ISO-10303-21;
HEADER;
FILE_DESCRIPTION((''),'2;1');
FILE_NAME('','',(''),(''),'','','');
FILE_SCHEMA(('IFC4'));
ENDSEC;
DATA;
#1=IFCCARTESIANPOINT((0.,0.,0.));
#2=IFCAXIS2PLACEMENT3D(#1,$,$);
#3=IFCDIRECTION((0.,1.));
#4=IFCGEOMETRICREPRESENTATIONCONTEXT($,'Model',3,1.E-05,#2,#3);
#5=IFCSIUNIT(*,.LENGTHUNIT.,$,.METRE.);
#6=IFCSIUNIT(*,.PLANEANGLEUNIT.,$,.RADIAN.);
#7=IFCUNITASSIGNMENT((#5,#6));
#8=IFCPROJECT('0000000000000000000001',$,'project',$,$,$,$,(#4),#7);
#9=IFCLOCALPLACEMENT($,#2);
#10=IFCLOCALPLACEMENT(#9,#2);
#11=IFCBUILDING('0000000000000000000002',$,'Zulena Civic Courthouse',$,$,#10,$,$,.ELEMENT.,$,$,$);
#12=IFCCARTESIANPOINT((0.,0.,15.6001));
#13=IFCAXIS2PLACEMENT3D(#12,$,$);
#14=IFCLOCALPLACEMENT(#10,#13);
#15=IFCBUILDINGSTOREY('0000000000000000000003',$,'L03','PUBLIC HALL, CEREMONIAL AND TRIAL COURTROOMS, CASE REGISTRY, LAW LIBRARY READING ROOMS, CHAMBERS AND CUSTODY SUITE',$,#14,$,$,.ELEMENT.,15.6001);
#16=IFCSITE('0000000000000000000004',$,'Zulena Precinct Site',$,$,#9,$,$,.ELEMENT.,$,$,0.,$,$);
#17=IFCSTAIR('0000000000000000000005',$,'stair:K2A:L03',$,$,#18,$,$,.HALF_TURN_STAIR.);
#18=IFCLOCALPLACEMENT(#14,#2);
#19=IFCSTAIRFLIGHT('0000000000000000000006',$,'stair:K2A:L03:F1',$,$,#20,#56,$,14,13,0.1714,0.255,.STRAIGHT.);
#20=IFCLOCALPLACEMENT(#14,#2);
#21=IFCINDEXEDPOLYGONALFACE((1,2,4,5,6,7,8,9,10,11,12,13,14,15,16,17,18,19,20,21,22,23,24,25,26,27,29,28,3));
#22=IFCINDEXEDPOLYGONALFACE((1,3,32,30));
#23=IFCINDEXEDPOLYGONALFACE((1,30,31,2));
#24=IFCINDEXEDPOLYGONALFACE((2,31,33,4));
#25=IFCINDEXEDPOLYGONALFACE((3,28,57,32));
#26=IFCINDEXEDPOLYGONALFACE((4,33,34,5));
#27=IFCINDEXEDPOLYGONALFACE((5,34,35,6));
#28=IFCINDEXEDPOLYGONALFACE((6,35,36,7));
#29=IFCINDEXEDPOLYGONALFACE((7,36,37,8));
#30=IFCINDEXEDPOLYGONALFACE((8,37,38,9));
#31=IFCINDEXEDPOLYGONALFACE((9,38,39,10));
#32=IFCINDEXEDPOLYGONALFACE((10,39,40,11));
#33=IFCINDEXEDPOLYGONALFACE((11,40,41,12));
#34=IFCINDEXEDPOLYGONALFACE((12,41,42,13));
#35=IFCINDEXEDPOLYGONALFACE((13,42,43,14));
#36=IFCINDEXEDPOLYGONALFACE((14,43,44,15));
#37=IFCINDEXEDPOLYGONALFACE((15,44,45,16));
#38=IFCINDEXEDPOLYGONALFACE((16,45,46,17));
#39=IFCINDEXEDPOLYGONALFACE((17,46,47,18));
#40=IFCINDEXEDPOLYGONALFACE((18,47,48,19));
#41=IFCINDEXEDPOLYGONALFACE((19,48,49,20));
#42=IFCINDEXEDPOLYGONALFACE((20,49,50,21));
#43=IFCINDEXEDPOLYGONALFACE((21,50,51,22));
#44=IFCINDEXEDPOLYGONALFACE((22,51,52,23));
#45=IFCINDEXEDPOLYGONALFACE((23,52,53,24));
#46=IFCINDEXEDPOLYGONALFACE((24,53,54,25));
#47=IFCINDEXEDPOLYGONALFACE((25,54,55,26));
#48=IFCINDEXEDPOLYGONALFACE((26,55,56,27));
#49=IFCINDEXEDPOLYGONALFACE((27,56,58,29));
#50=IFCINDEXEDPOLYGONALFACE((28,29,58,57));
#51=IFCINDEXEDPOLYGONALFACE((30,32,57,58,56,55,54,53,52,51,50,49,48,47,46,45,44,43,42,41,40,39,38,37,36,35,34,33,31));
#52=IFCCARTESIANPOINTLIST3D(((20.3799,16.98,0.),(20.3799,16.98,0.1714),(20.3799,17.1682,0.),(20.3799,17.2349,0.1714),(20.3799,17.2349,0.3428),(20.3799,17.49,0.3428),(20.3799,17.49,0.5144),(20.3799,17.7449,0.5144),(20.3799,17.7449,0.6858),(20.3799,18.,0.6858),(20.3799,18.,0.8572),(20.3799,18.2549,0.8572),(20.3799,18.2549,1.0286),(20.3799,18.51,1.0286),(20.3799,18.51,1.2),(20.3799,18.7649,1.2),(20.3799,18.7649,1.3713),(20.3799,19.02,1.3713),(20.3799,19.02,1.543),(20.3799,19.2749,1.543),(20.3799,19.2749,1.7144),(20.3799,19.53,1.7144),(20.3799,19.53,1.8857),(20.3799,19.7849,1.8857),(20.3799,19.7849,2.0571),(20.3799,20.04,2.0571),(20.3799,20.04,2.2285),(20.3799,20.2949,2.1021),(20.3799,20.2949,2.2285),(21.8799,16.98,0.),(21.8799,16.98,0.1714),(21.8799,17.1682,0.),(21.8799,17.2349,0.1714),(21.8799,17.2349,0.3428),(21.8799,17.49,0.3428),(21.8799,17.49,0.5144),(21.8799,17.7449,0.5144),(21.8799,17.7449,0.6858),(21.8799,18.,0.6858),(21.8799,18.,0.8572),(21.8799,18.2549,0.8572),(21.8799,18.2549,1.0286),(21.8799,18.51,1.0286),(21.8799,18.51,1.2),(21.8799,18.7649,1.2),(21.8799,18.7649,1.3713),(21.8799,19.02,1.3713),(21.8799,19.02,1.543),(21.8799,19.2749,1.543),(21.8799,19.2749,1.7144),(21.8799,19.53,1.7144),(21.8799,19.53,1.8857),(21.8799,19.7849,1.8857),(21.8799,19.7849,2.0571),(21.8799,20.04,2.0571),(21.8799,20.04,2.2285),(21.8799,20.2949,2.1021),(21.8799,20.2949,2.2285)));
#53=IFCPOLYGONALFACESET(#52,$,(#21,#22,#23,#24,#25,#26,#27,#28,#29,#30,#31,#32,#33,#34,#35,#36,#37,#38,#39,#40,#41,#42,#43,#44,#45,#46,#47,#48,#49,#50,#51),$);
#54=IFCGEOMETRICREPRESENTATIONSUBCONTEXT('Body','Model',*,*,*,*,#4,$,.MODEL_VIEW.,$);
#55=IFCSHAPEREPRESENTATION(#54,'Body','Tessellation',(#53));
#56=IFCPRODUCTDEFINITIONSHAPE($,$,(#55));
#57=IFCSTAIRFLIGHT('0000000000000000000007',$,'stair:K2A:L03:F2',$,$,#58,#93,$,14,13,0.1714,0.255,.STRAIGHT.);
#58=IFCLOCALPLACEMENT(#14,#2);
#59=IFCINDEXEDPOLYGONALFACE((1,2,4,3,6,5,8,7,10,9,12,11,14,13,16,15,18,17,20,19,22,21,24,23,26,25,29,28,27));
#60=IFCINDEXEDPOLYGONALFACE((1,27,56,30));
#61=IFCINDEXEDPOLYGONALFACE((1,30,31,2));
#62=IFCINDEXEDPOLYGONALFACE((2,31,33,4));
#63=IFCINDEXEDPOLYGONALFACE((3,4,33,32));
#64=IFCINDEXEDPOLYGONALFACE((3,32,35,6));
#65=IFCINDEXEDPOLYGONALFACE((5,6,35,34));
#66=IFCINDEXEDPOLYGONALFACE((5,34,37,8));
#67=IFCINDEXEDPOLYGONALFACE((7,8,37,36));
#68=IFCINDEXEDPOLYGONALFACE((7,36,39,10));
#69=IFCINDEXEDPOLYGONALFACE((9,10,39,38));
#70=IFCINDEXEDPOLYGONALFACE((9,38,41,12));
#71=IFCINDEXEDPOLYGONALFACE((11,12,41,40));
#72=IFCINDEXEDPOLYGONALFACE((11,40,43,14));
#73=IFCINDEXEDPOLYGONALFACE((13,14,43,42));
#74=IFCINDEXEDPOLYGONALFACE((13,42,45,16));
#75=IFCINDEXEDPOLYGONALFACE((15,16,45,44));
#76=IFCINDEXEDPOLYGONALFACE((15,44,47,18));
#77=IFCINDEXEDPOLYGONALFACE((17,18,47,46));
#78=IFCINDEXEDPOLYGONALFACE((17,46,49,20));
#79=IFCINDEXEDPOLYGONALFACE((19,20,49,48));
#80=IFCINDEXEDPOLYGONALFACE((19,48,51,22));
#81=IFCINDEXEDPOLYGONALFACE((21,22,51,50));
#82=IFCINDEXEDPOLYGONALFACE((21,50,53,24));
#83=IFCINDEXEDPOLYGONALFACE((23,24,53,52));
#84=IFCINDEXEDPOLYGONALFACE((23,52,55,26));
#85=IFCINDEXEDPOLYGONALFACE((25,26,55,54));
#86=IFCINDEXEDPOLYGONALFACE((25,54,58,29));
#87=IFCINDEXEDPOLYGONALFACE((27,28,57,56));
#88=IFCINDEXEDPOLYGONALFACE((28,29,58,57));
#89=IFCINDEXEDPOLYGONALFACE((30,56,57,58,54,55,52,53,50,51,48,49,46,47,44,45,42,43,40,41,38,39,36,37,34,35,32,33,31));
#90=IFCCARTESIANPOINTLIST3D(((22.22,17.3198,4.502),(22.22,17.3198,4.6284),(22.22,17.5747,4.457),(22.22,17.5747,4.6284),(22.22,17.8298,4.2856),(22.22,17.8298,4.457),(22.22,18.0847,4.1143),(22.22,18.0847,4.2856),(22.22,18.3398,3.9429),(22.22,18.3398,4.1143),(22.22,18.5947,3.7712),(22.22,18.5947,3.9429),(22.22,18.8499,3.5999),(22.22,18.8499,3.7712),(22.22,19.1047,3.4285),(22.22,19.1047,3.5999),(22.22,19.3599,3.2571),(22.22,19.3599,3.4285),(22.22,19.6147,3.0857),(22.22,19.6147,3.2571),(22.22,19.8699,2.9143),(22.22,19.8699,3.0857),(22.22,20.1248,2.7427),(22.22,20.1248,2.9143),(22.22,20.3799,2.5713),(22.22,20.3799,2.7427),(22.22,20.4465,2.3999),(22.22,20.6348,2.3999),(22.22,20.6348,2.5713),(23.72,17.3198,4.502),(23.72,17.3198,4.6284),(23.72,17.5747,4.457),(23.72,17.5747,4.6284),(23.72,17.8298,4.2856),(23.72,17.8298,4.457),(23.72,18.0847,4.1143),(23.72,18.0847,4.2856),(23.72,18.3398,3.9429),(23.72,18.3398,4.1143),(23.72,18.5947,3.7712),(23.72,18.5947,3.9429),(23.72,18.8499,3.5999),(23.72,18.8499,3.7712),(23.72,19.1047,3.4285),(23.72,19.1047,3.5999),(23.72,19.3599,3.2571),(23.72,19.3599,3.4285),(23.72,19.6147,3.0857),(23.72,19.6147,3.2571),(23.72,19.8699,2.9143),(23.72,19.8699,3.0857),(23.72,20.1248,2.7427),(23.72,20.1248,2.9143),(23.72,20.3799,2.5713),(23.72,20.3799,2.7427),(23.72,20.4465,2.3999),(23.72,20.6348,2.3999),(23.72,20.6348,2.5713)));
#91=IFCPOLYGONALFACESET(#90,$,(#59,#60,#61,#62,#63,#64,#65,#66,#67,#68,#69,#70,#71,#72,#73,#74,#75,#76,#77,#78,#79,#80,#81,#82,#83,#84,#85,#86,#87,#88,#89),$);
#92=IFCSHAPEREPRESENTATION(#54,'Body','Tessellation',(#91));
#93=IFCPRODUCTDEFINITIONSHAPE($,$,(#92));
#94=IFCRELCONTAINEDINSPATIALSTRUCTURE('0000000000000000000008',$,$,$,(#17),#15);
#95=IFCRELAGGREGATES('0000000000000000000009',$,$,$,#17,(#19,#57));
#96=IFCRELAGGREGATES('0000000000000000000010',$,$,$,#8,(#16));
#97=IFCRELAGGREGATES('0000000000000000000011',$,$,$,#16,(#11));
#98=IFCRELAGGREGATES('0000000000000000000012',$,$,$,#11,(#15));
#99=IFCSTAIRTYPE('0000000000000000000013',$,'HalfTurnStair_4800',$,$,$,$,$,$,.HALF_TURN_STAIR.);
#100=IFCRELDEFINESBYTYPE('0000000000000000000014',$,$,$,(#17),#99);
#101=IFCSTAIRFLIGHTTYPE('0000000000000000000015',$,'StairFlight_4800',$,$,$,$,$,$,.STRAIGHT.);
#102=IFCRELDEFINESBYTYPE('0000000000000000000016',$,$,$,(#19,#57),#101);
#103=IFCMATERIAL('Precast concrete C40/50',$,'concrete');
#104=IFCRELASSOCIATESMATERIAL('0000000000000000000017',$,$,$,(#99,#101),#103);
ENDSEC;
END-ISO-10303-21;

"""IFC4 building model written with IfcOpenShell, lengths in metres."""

from ifc_helpers import new_model, si_unit, direction, frame, origin, place, context, subcontext, project, spatial, polyline, outline, extrude, material, type_object, element, aggregate, save


model = new_model("IFC4")

# Units and contexts
model_context = context("Model", 3, precision=1e-05, world=origin(), true_north=direction((0.0, 1.0)))
body_context = subcontext(model_context, "Body", "Model", "MODEL_VIEW")
ifc_project = project(units=[si_unit("LENGTHUNIT", "METRE"), si_unit("PLANEANGLEUNIT", "RADIAN")], contexts=[model_context])

# Site, building, storey
site_placement = place(None, origin())
site = spatial("IfcSite", under=ifc_project, at=site_placement, Name="Zulena Precinct Site", CompositionType="ELEMENT", RefElevation=0.0)
building_placement = place(site_placement, origin())
building = spatial("IfcBuilding", under=site, at=building_placement, Name="Zulena Civic Courthouse", CompositionType="ELEMENT")
storey_placement = place(building_placement, frame((0.0, 0.0, 15.6001)))
storey = spatial("IfcBuildingStorey", under=building, at=storey_placement, Name="L03", Description="PUBLIC HALL, CEREMONIAL AND TRIAL COURTROOMS, CASE REGISTRY, LAW LIBRARY READING ROOMS, CHAMBERS AND CUSTODY SUITE", CompositionType="ELEMENT", Elevation=15.6001)

# Stair, stair flights
ifc_material_1 = material(Name="Precast concrete C40/50", Category="concrete")
stair_type = type_object("IfcStairType", Name="HalfTurnStair_4800", PredefinedType="HALF_TURN_STAIR", material=ifc_material_1)
stair_placement = place(storey_placement, origin())
stair = element("IfcStair", 1, at=stair_placement, inside=storey, type_object=stair_type, Name="stair:K2A:L03", PredefinedType="HALF_TURN_STAIR")
stair_flight_type = type_object("IfcStairFlightType", Name="StairFlight_4800", PredefinedType="STRAIGHT", material=ifc_material_1)
stair_flight_1_placement = place(storey_placement, frame((21.1299, 16.98, 0.0), z_axis=(0.0, 0.0, 1.0), x_axis=(0.0, 1.0, 0.0)))
stair_flight_1 = element("IfcStairFlight", 2, at=stair_flight_1_placement, type_object=stair_flight_type, Name="stair:K2A:L03:F1", NumberOfRisers=14, NumberOfTreads=13, PredefinedType="STRAIGHT", RiserHeight=0.1714, TreadLength=0.255, context=body_context, shape_type="SweptSolid", body=[
    extrude(outline(polyline([(0.0, 0.0), (0.0, 0.1714), (0.2549, 0.1714), (0.2549, 0.3428), (0.51, 0.3428), (0.51, 0.5144), (0.7649, 0.5144), (0.7649, 0.6858), (1.02, 0.6858), (1.02, 0.8572), (1.2749, 0.8572), (1.2749, 1.0286), (1.53, 1.0286), (1.53, 1.2), (1.7849, 1.2), (1.7849, 1.3713), (2.04, 1.3713), (2.04, 1.543), (2.2949, 1.543), (2.2949, 1.7144), (2.55, 1.7144), (2.55, 1.8857), (2.8049, 1.8857), (2.8049, 2.0571), (3.0601, 2.0571), (3.0601, 2.2285), (3.3149, 2.2285), (3.3149, 2.3999), (3.3149, 2.1021), (0.1882, 0.0), (0.0, 0.0)])), frame((0.0, 0.75, 0.0), z_axis=(0.0, -1.0, 0.0), x_axis=(1.0, 0.0, 0.0)), (0.0, 0.0, 1.0), 1.5),
])
stair_flight_2_placement = place(storey_placement, frame((22.97, 20.6348, 2.3999), z_axis=(0.0, 0.0, 1.0), x_axis=(0.0, -1.0, 0.0)))
stair_flight_2 = element("IfcStairFlight", 3, at=stair_flight_2_placement, type_object=stair_flight_type, Name="stair:K2A:L03:F2", NumberOfRisers=14, NumberOfTreads=13, PredefinedType="STRAIGHT", RiserHeight=0.1714, TreadLength=0.255, context=body_context, shape_type="SweptSolid", body=[
    extrude(outline(polyline([(0.0, 0.0), (0.0, 0.1714), (0.2549, 0.1714), (0.2549, 0.3428), (0.51, 0.3428), (0.51, 0.5144), (0.7649, 0.5144), (0.7649, 0.6858), (1.02, 0.6858), (1.02, 0.8572), (1.2749, 0.8572), (1.2749, 1.0286), (1.53, 1.0286), (1.53, 1.2), (1.7849, 1.2), (1.7849, 1.3713), (2.04, 1.3713), (2.04, 1.543), (2.2949, 1.543), (2.2949, 1.7144), (2.55, 1.7144), (2.55, 1.8857), (2.8049, 1.8857), (2.8049, 2.0571), (3.0601, 2.0571), (3.0601, 2.2285), (3.3149, 2.2285), (3.3149, 2.3999), (3.3149, 2.1021), (0.1882, 0.0), (0.0, 0.0)])), frame((0.0, 0.75, 0.0), z_axis=(0.0, -1.0, 0.0), x_axis=(1.0, 0.0, 0.0)), (0.0, 0.0, 1.0), 1.5),
])
aggregate(stair, [stair_flight_1, stair_flight_2])

save(model, "model.ifc")
